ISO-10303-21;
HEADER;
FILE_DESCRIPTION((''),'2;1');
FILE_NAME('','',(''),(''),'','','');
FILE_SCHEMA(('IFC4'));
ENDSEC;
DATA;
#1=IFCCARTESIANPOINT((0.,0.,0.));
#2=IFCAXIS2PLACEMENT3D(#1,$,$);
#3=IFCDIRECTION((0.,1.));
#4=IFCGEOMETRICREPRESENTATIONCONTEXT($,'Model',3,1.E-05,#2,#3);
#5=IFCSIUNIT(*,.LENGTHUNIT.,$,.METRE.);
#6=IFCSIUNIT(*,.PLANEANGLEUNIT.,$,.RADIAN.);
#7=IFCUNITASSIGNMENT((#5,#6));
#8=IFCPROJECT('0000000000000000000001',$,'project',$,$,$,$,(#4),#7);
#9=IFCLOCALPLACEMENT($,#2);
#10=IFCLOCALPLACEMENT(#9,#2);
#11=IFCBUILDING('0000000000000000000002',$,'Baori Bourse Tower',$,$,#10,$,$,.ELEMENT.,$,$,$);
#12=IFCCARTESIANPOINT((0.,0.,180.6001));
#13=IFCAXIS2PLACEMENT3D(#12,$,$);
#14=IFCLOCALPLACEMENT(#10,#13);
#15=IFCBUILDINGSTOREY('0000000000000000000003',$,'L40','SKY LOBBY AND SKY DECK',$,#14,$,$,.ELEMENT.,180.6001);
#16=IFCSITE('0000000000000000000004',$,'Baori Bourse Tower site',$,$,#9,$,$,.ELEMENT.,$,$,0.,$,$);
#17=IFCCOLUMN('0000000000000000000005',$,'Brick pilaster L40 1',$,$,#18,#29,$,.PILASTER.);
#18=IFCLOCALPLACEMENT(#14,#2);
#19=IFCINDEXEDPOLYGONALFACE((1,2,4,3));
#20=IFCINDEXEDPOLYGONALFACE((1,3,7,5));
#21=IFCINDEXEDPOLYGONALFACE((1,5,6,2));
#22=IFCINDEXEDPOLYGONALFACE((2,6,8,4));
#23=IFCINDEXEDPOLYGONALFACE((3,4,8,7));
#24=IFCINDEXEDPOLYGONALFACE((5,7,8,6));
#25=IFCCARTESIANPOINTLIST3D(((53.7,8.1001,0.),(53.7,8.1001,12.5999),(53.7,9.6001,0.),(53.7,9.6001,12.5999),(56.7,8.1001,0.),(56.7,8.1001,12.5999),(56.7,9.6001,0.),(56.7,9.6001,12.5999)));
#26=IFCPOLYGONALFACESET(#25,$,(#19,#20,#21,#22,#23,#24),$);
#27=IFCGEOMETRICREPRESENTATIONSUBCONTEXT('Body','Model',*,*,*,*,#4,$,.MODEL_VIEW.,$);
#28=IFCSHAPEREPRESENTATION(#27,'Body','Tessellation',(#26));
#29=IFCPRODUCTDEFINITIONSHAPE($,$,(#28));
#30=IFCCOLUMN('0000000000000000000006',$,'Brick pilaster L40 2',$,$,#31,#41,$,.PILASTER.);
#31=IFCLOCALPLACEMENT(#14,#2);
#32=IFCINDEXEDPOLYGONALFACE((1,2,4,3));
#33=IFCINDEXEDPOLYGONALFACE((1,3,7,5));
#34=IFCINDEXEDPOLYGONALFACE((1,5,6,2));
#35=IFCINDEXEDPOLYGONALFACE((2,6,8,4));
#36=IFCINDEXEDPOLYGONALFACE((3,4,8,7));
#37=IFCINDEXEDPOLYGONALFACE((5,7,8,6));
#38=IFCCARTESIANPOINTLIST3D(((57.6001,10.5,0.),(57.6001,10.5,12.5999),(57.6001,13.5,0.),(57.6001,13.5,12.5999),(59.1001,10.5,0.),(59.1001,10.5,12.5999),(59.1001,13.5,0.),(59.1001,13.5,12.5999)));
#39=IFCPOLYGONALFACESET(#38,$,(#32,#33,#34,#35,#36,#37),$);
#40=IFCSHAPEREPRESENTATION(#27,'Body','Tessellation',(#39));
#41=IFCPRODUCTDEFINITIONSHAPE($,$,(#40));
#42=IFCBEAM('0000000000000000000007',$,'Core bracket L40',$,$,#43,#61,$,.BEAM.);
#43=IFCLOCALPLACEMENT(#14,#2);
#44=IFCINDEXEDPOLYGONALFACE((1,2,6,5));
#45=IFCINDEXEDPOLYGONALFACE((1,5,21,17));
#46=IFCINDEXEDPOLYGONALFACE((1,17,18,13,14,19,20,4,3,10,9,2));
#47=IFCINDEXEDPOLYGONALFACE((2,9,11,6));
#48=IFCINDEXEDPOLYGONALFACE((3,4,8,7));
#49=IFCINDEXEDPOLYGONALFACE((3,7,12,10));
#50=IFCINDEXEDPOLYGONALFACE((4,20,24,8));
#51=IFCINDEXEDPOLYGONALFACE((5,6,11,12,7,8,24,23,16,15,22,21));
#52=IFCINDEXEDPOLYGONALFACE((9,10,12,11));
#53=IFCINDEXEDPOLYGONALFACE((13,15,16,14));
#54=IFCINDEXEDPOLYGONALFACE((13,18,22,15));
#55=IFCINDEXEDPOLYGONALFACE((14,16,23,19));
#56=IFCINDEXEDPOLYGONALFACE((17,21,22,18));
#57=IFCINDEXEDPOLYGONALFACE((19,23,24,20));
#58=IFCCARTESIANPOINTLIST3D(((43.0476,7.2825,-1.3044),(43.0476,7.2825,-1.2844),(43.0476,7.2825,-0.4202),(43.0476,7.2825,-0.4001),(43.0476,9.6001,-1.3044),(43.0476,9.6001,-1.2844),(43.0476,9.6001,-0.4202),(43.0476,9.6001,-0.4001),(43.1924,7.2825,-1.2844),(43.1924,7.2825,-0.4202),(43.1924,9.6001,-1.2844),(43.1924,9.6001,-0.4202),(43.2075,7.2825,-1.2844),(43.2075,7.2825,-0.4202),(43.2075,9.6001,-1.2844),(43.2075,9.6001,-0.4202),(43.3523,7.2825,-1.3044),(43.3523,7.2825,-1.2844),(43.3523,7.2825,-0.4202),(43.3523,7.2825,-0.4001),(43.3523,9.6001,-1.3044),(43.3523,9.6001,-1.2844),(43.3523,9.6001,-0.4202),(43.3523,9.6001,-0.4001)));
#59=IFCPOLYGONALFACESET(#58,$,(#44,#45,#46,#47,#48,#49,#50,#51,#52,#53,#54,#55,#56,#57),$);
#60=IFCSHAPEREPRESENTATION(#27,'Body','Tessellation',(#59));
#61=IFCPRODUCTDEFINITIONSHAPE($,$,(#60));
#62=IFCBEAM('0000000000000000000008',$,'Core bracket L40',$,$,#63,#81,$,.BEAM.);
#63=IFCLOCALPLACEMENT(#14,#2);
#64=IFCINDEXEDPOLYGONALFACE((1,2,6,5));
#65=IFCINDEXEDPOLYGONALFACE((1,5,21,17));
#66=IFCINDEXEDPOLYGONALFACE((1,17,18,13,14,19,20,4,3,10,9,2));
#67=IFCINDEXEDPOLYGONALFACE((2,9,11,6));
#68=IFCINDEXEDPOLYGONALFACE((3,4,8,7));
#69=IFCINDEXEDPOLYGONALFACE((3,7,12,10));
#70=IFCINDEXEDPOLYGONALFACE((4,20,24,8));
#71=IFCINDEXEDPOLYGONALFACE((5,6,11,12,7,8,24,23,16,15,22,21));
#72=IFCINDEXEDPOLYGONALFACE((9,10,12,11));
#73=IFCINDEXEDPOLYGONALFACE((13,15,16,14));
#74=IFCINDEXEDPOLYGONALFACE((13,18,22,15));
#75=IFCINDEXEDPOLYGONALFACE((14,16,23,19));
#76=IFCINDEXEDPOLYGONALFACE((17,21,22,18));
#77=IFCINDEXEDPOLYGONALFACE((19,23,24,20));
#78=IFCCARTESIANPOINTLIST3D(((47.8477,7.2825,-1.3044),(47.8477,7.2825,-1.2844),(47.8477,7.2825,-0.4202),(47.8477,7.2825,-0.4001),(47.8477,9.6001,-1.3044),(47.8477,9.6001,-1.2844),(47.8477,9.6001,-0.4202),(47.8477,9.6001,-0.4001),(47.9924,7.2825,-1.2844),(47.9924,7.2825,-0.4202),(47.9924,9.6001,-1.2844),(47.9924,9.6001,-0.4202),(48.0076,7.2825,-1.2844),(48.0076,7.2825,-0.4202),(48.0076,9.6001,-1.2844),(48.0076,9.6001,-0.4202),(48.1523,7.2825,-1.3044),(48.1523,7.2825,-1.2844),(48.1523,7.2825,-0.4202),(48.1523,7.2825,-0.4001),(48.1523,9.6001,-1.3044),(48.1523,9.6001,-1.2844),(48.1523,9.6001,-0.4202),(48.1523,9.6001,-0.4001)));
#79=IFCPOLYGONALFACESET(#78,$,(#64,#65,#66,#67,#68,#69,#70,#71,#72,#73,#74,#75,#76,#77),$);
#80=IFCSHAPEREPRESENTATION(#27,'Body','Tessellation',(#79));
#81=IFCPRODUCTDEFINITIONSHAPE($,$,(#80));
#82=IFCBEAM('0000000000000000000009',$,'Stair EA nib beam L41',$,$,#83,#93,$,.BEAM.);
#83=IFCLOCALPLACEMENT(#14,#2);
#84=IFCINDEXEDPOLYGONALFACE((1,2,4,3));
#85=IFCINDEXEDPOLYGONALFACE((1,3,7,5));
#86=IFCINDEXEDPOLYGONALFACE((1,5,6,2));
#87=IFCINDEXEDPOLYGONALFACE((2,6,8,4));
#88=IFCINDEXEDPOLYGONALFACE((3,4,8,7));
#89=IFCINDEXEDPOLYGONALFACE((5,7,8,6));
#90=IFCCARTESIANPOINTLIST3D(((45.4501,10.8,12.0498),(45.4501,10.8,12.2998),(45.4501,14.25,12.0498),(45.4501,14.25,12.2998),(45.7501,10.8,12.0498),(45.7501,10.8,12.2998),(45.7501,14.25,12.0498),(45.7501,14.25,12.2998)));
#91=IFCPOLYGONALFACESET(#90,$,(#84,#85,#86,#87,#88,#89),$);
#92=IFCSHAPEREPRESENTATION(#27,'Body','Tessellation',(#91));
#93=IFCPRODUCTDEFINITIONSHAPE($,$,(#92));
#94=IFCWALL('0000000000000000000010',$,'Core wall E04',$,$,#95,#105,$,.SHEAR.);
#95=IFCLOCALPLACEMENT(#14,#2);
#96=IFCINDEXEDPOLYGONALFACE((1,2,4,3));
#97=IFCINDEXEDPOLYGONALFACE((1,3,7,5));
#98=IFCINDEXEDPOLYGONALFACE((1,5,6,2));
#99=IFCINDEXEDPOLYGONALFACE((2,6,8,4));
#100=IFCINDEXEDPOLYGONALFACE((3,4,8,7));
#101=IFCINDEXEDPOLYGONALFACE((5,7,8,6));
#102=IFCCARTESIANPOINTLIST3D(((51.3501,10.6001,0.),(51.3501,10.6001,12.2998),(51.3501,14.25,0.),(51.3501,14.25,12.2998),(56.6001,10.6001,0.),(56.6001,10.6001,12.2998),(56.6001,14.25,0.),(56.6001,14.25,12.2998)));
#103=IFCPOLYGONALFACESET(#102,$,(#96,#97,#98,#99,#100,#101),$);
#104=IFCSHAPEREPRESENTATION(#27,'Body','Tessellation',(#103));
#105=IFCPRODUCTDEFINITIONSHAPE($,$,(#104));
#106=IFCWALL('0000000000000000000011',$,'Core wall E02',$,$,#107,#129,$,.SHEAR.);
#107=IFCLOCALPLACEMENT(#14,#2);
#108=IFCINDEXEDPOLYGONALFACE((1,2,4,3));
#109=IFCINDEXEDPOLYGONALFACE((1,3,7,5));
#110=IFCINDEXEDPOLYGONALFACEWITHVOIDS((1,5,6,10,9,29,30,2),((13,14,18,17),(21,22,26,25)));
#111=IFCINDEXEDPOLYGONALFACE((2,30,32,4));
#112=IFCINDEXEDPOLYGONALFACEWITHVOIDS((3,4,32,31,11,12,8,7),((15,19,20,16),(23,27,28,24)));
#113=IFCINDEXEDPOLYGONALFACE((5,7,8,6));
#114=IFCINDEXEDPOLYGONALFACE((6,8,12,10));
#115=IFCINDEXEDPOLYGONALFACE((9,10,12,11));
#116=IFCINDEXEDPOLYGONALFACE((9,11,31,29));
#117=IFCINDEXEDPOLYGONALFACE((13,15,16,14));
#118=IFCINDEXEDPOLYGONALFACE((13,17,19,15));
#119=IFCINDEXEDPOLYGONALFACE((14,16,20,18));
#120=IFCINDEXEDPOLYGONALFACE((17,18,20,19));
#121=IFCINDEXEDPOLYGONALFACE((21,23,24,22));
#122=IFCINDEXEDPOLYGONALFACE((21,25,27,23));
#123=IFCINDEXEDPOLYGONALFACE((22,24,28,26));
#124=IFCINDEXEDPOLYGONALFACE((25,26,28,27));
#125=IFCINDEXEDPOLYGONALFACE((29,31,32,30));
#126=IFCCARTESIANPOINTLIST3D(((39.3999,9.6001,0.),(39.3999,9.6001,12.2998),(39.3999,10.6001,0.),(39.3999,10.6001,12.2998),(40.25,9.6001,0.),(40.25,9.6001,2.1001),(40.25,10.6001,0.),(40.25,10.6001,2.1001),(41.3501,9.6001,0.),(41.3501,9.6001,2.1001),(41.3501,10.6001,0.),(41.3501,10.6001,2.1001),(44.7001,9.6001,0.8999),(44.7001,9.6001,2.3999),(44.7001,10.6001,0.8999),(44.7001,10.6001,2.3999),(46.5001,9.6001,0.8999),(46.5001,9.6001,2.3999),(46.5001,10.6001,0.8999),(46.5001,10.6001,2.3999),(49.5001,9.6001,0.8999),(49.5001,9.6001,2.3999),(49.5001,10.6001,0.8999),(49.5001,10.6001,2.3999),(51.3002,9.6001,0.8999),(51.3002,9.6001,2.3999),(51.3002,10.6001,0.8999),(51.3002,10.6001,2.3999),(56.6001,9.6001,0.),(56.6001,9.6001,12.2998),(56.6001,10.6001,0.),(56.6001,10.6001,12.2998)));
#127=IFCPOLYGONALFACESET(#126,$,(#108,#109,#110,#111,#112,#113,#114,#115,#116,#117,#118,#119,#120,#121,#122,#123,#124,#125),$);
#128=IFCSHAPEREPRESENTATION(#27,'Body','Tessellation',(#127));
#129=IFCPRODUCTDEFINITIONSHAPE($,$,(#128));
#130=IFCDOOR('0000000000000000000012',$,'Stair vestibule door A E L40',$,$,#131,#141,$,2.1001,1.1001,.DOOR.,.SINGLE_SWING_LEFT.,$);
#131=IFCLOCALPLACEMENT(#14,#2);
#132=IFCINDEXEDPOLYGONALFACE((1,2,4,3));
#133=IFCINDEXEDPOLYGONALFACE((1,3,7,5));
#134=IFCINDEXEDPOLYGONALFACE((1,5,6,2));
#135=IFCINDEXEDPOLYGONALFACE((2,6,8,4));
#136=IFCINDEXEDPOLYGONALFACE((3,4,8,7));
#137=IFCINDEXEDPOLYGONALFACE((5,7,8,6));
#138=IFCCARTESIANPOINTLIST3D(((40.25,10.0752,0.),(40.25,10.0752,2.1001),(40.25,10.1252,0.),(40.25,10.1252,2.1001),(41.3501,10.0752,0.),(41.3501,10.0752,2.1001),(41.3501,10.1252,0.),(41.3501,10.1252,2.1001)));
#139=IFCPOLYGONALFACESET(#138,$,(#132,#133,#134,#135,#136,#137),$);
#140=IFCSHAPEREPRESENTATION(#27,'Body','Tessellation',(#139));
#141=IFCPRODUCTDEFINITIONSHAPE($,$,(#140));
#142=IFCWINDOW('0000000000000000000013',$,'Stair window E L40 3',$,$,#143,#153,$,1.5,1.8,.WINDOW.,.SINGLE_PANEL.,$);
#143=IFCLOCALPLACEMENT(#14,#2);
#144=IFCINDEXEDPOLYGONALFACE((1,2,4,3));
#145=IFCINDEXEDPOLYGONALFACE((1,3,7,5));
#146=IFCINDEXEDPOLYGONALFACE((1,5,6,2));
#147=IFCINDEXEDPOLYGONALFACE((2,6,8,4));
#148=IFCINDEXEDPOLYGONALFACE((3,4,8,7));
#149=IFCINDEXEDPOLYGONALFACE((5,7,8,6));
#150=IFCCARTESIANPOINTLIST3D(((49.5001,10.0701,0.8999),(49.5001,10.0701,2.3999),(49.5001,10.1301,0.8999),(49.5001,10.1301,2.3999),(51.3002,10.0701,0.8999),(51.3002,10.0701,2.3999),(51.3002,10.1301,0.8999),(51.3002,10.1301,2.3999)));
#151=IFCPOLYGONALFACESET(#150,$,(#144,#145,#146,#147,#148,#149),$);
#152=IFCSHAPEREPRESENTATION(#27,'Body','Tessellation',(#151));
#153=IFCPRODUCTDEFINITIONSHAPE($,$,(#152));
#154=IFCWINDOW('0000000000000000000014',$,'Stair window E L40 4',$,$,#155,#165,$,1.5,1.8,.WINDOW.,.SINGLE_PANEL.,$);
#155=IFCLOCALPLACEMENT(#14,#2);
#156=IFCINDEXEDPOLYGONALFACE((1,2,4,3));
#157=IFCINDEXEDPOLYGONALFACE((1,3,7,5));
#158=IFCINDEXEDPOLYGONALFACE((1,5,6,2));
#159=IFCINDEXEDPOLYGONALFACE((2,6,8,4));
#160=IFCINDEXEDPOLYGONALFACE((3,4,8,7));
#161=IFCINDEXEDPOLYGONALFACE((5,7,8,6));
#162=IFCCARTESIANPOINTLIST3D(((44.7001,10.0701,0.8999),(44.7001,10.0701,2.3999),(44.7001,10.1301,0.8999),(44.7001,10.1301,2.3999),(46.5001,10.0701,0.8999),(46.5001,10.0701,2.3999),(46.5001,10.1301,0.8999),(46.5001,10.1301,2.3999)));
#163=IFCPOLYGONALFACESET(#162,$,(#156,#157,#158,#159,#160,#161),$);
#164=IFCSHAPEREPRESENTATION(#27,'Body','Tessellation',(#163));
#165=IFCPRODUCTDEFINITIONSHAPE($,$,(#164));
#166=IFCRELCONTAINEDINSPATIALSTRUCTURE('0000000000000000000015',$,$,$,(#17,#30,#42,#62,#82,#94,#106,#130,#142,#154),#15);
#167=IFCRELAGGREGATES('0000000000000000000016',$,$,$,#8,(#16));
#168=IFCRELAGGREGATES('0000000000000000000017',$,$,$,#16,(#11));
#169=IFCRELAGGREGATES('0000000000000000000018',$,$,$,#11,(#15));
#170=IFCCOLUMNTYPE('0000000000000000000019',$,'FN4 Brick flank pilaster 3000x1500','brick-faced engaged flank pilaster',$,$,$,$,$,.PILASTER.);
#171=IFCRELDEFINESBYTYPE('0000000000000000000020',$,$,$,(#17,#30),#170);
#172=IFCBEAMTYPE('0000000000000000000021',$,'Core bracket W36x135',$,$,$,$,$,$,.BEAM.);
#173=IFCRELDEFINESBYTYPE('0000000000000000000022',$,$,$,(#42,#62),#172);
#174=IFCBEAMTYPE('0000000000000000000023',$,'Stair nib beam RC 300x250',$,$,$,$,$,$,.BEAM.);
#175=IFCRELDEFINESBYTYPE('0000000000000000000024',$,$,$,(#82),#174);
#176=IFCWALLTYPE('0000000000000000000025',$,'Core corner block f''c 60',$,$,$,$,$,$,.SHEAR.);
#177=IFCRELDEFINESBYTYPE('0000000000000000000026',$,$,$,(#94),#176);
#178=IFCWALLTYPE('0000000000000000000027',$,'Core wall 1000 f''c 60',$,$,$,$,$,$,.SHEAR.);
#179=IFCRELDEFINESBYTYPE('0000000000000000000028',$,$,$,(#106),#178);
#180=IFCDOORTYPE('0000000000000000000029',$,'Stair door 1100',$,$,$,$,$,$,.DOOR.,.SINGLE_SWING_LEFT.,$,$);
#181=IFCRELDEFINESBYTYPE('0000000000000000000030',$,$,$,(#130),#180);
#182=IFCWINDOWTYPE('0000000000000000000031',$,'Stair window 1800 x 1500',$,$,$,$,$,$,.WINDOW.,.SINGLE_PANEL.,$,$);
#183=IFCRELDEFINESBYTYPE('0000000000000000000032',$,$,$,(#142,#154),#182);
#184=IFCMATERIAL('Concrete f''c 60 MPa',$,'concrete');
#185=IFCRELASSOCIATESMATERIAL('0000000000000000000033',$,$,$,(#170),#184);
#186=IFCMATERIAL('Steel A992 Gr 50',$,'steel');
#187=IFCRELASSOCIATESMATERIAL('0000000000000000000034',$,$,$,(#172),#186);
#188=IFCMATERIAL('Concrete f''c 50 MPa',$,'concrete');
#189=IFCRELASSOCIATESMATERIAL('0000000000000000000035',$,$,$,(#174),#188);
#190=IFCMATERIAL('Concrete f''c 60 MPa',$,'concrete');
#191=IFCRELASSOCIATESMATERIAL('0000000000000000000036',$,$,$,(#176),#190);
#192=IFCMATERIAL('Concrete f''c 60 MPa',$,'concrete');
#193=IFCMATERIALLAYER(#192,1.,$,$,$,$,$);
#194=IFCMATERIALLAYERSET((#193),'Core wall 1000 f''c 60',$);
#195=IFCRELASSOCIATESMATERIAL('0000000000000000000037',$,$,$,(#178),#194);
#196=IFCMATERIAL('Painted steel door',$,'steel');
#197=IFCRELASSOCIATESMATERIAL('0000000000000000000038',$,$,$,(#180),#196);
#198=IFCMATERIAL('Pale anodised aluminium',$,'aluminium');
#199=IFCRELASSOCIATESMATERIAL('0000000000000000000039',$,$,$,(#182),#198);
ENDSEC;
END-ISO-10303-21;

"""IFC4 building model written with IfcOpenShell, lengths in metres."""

from ifc_helpers import new_model, si_unit, direction, frame, frame_2d, origin, origin_2d, place, context, subcontext, project, spatial, rectangle, i_section, extrude, material, layer, layer_set, material_profile, profile_set, type_object, element, fill, save


model = new_model("IFC4")

# Units and contexts
model_context = context("Model", 3, precision=1e-05, world=origin(), true_north=direction((0.0, 1.0)))
body_context = subcontext(model_context, "Body", "Model", "MODEL_VIEW")
ifc_project = project(units=[si_unit("LENGTHUNIT", "METRE"), si_unit("PLANEANGLEUNIT", "RADIAN")], contexts=[model_context])

# Site, building, storey
site_placement = place(None, origin())
site = spatial("IfcSite", under=ifc_project, at=site_placement, Name="Baori Bourse Tower site", CompositionType="ELEMENT", RefElevation=0.0)
building_placement = place(site_placement, origin())
building = spatial("IfcBuilding", under=site, at=building_placement, Name="Baori Bourse Tower", CompositionType="ELEMENT")
storey_placement = place(building_placement, frame((0.0, 0.0, 180.6001)))
storey = spatial("IfcBuildingStorey", under=building, at=storey_placement, Name="L40", Description="SKY LOBBY AND SKY DECK", CompositionType="ELEMENT", Elevation=180.6001)

# Columns
ifc_material_1 = material(Name="Concrete f'c 60 MPa", Category="concrete")
ifc_material_profile_1 = material_profile(ifc_material_1, rectangle(XDim=3.0, YDim=1.5, at=origin_2d()), Name="RC 3000x1500")
ifc_profile_set_1 = profile_set([ifc_material_profile_1], Name="Concrete f'c 60 MPa")
column_type = type_object("IfcColumnType", Name="FN4 Brick flank pilaster 3000x1500", Description="brick-faced engaged flank pilaster", PredefinedType="PILASTER", material=ifc_profile_set_1)
for number, where, z_axis, x_axis, name in (
    (1, (55.2, 8.8501, 0.0), (0.0, 0.0, 1.0), (1.0, 0.0, 0.0), "Brick pilaster L40 1"),
    (2, (58.3501, 12.0, 0.0), (0.0, 0.0, 1.0), (0.0, 1.0, 0.0), "Brick pilaster L40 2"),
):
    element("IfcColumn", number, at=place(storey_placement, frame(where, z_axis=z_axis, x_axis=x_axis)), inside=storey, type_object=column_type, Name=name, PredefinedType="PILASTER", context=body_context, shape_type="SweptSolid", body=[
        extrude(rectangle(XDim=3.0, YDim=1.5, at=origin_2d()), origin(), (0.0, 0.0, 1.0), 12.5999),
    ])

# Beams
ifc_material_2 = material(Name="Steel A992 Gr 50", Category="steel")
ifc_material_profile_2 = material_profile(ifc_material_2, i_section(OverallWidth=0.3047, OverallDepth=0.9043, WebThickness=0.0151, FlangeThickness=0.02, at=origin_2d()), Name="W36x135")
ifc_profile_set_2 = profile_set([ifc_material_profile_2], Name="Steel A992 Gr 50")
beam_type_1 = type_object("IfcBeamType", Name="Core bracket W36x135", PredefinedType="BEAM", material=ifc_profile_set_2)
for number, where, z_axis, x_axis, name in (
    (3, (43.2, 7.2825, -0.8523), (0.0, 1.0, 0.0), (-1.0, 0.0, 0.0), "Core bracket L40"),
    (4, (48.0, 7.2825, -0.8523), (0.0, 1.0, 0.0), (-1.0, 0.0, 0.0), "Core bracket L40"),
):
    element("IfcBeam", number, at=place(storey_placement, frame(where, z_axis=z_axis, x_axis=x_axis)), inside=storey, type_object=beam_type_1, Name=name, PredefinedType="BEAM", context=body_context, shape_type="SweptSolid", body=[
        extrude(i_section(OverallWidth=0.3047, OverallDepth=0.9043, WebThickness=0.0151, FlangeThickness=0.02, at=origin_2d()), origin(), (0.0, 0.0, 1.0), 2.3176),
    ])
ifc_material_3 = material(Name="Concrete f'c 50 MPa", Category="concrete")
ifc_material_profile_3 = material_profile(ifc_material_3, rectangle(XDim=0.3, YDim=0.25, at=origin_2d()), Name="RC 300x250")
ifc_profile_set_3 = profile_set([ifc_material_profile_3], Name="Concrete f'c 50 MPa")
beam_type_2 = type_object("IfcBeamType", Name="Stair nib beam RC 300x250", PredefinedType="BEAM", material=ifc_profile_set_3)
beam_placement = place(storey_placement, frame((45.6001, 10.8, 12.1748), z_axis=(0.0, 1.0, 0.0), x_axis=(-1.0, 0.0, 0.0)))
element("IfcBeam", 5, at=beam_placement, inside=storey, type_object=beam_type_2, Name="Stair EA nib beam L41", PredefinedType="BEAM", context=body_context, shape_type="SweptSolid", body=[
    extrude(rectangle(XDim=0.3, YDim=0.25, at=origin_2d()), origin(), (0.0, 0.0, 1.0), 3.45),
])

# Wall
ifc_material_4 = material(Name="Concrete f'c 60 MPa", Category="concrete")
wall_type_1 = type_object("IfcWallType", Name="Core corner block f'c 60", PredefinedType="SHEAR", material=ifc_material_4)
wall_1_placement = place(storey_placement, frame((51.3501, 12.425, 0.0), z_axis=(0.0, 0.0, 1.0), x_axis=(1.0, 0.0, 0.0)))
element("IfcWall", 6, at=wall_1_placement, inside=storey, type_object=wall_type_1, Name="Core wall E04", PredefinedType="SHEAR", context=body_context, shape_type="SweptSolid", body=[
    extrude(rectangle(XDim=5.25, YDim=3.6499, at=frame_2d((2.625, 0.0))), origin(), (0.0, 0.0, 1.0), 12.2998),
])

# Wall, openings, door, windows
ifc_material_5 = material(Name="Concrete f'c 60 MPa", Category="concrete")
ifc_layer_1 = layer(ifc_material_5, 1.0)
ifc_layer_set_1 = layer_set([ifc_layer_1], Name="Core wall 1000 f'c 60")
wall_type_2 = type_object("IfcWallType", Name="Core wall 1000 f'c 60", PredefinedType="SHEAR", material=ifc_layer_set_1)
wall_2_placement = place(storey_placement, frame((56.6001, 10.1001, 0.0), z_axis=(0.0, 0.0, 1.0), x_axis=(-1.0, 0.0, 0.0)))
wall_2 = element("IfcWall", 7, at=wall_2_placement, inside=storey, type_object=wall_type_2, Name="Core wall E02", PredefinedType="SHEAR", context=body_context, shape_type="SweptSolid", body=[
    extrude(rectangle(XDim=17.2002, YDim=1.0, at=frame_2d((8.6001, 0.0))), origin(), (0.0, 0.0, 1.0), 12.2998),
])
opening_1_placement = place(wall_2_placement, frame((15.25, 0.0, 0.0)))
opening_1 = element("IfcOpeningElement", 8, at=opening_1_placement, cuts=wall_2, PredefinedType="OPENING", context=body_context, shape_type="SweptSolid", body=[
    extrude(rectangle(XDim=1.1001, YDim=2.1001, at=frame_2d((0.55, 1.05))), frame((0.0, 0.51, 0.0), z_axis=(0.0, -1.0, 0.0), x_axis=(1.0, 0.0, 0.0)), (0.0, 0.0, 1.0), 1.02),
])
opening_2_placement = place(wall_2_placement, frame((5.3, 0.0, 0.8999)))
opening_2 = element("IfcOpeningElement", 9, at=opening_2_placement, cuts=wall_2, PredefinedType="OPENING", context=body_context, shape_type="SweptSolid", body=[
    extrude(rectangle(XDim=1.8, YDim=1.5, at=frame_2d((0.8999, 0.75))), frame((0.0, 0.51, 0.0), z_axis=(0.0, -1.0, 0.0), x_axis=(1.0, 0.0, 0.0)), (0.0, 0.0, 1.0), 1.02),
])
opening_3_placement = place(wall_2_placement, frame((10.1001, 0.0, 0.8999)))
opening_3 = element("IfcOpeningElement", 10, at=opening_3_placement, cuts=wall_2, PredefinedType="OPENING", context=body_context, shape_type="SweptSolid", body=[
    extrude(rectangle(XDim=1.8, YDim=1.5, at=frame_2d((0.8999, 0.75))), frame((0.0, 0.51, 0.0), z_axis=(0.0, -1.0, 0.0), x_axis=(1.0, 0.0, 0.0)), (0.0, 0.0, 1.0), 1.02),
])
ifc_material_6 = material(Name="Painted steel door", Category="steel")
door_type_1 = type_object("IfcDoorType", Name="Stair door 1100", OperationType="SINGLE_SWING_LEFT", PredefinedType="DOOR", material=ifc_material_6)
door_1_placement = place(opening_1_placement, origin())
door_1 = element("IfcDoor", 11, at=door_1_placement, inside=storey, type_object=door_type_1, Name="Stair vestibule door A E L40", OperationType="SINGLE_SWING_LEFT", OverallHeight=2.1001, OverallWidth=1.1001, PredefinedType="DOOR", context=body_context, shape_type="SweptSolid", body=[
    extrude(rectangle(XDim=1.1001, YDim=2.1001, at=frame_2d((0.55, 1.05))), frame((0.0, 0.0249, 0.0), z_axis=(0.0, -1.0, 0.0), x_axis=(1.0, 0.0, 0.0)), (0.0, 0.0, 1.0), 0.05),
])
fill(opening_1, door_1)
ifc_material_7 = material(Name="Pale anodised aluminium", Category="aluminium")
window_type = type_object("IfcWindowType", Name="Stair window 1800 x 1500", PartitioningType="SINGLE_PANEL", PredefinedType="WINDOW", material=ifc_material_7)
window_1_placement = place(opening_2_placement, origin())
window_1 = element("IfcWindow", 12, at=window_1_placement, inside=storey, type_object=window_type, Name="Stair window E L40 3", OverallHeight=1.5, OverallWidth=1.8, PartitioningType="SINGLE_PANEL", PredefinedType="WINDOW", context=body_context, shape_type="SweptSolid", body=[
    extrude(rectangle(XDim=1.8, YDim=1.5, at=frame_2d((0.8999, 0.75))), frame((0.0, 0.03, 0.0), z_axis=(0.0, -1.0, 0.0), x_axis=(1.0, 0.0, 0.0)), (0.0, 0.0, 1.0), 0.0601),
])
fill(opening_2, window_1)
window_2_placement = place(opening_3_placement, origin())
window_2 = element("IfcWindow", 13, at=window_2_placement, inside=storey, type_object=window_type, Name="Stair window E L40 4", OverallHeight=1.5, OverallWidth=1.8, PartitioningType="SINGLE_PANEL", PredefinedType="WINDOW", context=body_context, shape_type="SweptSolid", body=[
    extrude(rectangle(XDim=1.8, YDim=1.5, at=frame_2d((0.8999, 0.75))), frame((0.0, 0.03, 0.0), z_axis=(0.0, -1.0, 0.0), x_axis=(1.0, 0.0, 0.0)), (0.0, 0.0, 1.0), 0.0601),
])
fill(opening_3, window_2)

save(model, "model.ifc")
